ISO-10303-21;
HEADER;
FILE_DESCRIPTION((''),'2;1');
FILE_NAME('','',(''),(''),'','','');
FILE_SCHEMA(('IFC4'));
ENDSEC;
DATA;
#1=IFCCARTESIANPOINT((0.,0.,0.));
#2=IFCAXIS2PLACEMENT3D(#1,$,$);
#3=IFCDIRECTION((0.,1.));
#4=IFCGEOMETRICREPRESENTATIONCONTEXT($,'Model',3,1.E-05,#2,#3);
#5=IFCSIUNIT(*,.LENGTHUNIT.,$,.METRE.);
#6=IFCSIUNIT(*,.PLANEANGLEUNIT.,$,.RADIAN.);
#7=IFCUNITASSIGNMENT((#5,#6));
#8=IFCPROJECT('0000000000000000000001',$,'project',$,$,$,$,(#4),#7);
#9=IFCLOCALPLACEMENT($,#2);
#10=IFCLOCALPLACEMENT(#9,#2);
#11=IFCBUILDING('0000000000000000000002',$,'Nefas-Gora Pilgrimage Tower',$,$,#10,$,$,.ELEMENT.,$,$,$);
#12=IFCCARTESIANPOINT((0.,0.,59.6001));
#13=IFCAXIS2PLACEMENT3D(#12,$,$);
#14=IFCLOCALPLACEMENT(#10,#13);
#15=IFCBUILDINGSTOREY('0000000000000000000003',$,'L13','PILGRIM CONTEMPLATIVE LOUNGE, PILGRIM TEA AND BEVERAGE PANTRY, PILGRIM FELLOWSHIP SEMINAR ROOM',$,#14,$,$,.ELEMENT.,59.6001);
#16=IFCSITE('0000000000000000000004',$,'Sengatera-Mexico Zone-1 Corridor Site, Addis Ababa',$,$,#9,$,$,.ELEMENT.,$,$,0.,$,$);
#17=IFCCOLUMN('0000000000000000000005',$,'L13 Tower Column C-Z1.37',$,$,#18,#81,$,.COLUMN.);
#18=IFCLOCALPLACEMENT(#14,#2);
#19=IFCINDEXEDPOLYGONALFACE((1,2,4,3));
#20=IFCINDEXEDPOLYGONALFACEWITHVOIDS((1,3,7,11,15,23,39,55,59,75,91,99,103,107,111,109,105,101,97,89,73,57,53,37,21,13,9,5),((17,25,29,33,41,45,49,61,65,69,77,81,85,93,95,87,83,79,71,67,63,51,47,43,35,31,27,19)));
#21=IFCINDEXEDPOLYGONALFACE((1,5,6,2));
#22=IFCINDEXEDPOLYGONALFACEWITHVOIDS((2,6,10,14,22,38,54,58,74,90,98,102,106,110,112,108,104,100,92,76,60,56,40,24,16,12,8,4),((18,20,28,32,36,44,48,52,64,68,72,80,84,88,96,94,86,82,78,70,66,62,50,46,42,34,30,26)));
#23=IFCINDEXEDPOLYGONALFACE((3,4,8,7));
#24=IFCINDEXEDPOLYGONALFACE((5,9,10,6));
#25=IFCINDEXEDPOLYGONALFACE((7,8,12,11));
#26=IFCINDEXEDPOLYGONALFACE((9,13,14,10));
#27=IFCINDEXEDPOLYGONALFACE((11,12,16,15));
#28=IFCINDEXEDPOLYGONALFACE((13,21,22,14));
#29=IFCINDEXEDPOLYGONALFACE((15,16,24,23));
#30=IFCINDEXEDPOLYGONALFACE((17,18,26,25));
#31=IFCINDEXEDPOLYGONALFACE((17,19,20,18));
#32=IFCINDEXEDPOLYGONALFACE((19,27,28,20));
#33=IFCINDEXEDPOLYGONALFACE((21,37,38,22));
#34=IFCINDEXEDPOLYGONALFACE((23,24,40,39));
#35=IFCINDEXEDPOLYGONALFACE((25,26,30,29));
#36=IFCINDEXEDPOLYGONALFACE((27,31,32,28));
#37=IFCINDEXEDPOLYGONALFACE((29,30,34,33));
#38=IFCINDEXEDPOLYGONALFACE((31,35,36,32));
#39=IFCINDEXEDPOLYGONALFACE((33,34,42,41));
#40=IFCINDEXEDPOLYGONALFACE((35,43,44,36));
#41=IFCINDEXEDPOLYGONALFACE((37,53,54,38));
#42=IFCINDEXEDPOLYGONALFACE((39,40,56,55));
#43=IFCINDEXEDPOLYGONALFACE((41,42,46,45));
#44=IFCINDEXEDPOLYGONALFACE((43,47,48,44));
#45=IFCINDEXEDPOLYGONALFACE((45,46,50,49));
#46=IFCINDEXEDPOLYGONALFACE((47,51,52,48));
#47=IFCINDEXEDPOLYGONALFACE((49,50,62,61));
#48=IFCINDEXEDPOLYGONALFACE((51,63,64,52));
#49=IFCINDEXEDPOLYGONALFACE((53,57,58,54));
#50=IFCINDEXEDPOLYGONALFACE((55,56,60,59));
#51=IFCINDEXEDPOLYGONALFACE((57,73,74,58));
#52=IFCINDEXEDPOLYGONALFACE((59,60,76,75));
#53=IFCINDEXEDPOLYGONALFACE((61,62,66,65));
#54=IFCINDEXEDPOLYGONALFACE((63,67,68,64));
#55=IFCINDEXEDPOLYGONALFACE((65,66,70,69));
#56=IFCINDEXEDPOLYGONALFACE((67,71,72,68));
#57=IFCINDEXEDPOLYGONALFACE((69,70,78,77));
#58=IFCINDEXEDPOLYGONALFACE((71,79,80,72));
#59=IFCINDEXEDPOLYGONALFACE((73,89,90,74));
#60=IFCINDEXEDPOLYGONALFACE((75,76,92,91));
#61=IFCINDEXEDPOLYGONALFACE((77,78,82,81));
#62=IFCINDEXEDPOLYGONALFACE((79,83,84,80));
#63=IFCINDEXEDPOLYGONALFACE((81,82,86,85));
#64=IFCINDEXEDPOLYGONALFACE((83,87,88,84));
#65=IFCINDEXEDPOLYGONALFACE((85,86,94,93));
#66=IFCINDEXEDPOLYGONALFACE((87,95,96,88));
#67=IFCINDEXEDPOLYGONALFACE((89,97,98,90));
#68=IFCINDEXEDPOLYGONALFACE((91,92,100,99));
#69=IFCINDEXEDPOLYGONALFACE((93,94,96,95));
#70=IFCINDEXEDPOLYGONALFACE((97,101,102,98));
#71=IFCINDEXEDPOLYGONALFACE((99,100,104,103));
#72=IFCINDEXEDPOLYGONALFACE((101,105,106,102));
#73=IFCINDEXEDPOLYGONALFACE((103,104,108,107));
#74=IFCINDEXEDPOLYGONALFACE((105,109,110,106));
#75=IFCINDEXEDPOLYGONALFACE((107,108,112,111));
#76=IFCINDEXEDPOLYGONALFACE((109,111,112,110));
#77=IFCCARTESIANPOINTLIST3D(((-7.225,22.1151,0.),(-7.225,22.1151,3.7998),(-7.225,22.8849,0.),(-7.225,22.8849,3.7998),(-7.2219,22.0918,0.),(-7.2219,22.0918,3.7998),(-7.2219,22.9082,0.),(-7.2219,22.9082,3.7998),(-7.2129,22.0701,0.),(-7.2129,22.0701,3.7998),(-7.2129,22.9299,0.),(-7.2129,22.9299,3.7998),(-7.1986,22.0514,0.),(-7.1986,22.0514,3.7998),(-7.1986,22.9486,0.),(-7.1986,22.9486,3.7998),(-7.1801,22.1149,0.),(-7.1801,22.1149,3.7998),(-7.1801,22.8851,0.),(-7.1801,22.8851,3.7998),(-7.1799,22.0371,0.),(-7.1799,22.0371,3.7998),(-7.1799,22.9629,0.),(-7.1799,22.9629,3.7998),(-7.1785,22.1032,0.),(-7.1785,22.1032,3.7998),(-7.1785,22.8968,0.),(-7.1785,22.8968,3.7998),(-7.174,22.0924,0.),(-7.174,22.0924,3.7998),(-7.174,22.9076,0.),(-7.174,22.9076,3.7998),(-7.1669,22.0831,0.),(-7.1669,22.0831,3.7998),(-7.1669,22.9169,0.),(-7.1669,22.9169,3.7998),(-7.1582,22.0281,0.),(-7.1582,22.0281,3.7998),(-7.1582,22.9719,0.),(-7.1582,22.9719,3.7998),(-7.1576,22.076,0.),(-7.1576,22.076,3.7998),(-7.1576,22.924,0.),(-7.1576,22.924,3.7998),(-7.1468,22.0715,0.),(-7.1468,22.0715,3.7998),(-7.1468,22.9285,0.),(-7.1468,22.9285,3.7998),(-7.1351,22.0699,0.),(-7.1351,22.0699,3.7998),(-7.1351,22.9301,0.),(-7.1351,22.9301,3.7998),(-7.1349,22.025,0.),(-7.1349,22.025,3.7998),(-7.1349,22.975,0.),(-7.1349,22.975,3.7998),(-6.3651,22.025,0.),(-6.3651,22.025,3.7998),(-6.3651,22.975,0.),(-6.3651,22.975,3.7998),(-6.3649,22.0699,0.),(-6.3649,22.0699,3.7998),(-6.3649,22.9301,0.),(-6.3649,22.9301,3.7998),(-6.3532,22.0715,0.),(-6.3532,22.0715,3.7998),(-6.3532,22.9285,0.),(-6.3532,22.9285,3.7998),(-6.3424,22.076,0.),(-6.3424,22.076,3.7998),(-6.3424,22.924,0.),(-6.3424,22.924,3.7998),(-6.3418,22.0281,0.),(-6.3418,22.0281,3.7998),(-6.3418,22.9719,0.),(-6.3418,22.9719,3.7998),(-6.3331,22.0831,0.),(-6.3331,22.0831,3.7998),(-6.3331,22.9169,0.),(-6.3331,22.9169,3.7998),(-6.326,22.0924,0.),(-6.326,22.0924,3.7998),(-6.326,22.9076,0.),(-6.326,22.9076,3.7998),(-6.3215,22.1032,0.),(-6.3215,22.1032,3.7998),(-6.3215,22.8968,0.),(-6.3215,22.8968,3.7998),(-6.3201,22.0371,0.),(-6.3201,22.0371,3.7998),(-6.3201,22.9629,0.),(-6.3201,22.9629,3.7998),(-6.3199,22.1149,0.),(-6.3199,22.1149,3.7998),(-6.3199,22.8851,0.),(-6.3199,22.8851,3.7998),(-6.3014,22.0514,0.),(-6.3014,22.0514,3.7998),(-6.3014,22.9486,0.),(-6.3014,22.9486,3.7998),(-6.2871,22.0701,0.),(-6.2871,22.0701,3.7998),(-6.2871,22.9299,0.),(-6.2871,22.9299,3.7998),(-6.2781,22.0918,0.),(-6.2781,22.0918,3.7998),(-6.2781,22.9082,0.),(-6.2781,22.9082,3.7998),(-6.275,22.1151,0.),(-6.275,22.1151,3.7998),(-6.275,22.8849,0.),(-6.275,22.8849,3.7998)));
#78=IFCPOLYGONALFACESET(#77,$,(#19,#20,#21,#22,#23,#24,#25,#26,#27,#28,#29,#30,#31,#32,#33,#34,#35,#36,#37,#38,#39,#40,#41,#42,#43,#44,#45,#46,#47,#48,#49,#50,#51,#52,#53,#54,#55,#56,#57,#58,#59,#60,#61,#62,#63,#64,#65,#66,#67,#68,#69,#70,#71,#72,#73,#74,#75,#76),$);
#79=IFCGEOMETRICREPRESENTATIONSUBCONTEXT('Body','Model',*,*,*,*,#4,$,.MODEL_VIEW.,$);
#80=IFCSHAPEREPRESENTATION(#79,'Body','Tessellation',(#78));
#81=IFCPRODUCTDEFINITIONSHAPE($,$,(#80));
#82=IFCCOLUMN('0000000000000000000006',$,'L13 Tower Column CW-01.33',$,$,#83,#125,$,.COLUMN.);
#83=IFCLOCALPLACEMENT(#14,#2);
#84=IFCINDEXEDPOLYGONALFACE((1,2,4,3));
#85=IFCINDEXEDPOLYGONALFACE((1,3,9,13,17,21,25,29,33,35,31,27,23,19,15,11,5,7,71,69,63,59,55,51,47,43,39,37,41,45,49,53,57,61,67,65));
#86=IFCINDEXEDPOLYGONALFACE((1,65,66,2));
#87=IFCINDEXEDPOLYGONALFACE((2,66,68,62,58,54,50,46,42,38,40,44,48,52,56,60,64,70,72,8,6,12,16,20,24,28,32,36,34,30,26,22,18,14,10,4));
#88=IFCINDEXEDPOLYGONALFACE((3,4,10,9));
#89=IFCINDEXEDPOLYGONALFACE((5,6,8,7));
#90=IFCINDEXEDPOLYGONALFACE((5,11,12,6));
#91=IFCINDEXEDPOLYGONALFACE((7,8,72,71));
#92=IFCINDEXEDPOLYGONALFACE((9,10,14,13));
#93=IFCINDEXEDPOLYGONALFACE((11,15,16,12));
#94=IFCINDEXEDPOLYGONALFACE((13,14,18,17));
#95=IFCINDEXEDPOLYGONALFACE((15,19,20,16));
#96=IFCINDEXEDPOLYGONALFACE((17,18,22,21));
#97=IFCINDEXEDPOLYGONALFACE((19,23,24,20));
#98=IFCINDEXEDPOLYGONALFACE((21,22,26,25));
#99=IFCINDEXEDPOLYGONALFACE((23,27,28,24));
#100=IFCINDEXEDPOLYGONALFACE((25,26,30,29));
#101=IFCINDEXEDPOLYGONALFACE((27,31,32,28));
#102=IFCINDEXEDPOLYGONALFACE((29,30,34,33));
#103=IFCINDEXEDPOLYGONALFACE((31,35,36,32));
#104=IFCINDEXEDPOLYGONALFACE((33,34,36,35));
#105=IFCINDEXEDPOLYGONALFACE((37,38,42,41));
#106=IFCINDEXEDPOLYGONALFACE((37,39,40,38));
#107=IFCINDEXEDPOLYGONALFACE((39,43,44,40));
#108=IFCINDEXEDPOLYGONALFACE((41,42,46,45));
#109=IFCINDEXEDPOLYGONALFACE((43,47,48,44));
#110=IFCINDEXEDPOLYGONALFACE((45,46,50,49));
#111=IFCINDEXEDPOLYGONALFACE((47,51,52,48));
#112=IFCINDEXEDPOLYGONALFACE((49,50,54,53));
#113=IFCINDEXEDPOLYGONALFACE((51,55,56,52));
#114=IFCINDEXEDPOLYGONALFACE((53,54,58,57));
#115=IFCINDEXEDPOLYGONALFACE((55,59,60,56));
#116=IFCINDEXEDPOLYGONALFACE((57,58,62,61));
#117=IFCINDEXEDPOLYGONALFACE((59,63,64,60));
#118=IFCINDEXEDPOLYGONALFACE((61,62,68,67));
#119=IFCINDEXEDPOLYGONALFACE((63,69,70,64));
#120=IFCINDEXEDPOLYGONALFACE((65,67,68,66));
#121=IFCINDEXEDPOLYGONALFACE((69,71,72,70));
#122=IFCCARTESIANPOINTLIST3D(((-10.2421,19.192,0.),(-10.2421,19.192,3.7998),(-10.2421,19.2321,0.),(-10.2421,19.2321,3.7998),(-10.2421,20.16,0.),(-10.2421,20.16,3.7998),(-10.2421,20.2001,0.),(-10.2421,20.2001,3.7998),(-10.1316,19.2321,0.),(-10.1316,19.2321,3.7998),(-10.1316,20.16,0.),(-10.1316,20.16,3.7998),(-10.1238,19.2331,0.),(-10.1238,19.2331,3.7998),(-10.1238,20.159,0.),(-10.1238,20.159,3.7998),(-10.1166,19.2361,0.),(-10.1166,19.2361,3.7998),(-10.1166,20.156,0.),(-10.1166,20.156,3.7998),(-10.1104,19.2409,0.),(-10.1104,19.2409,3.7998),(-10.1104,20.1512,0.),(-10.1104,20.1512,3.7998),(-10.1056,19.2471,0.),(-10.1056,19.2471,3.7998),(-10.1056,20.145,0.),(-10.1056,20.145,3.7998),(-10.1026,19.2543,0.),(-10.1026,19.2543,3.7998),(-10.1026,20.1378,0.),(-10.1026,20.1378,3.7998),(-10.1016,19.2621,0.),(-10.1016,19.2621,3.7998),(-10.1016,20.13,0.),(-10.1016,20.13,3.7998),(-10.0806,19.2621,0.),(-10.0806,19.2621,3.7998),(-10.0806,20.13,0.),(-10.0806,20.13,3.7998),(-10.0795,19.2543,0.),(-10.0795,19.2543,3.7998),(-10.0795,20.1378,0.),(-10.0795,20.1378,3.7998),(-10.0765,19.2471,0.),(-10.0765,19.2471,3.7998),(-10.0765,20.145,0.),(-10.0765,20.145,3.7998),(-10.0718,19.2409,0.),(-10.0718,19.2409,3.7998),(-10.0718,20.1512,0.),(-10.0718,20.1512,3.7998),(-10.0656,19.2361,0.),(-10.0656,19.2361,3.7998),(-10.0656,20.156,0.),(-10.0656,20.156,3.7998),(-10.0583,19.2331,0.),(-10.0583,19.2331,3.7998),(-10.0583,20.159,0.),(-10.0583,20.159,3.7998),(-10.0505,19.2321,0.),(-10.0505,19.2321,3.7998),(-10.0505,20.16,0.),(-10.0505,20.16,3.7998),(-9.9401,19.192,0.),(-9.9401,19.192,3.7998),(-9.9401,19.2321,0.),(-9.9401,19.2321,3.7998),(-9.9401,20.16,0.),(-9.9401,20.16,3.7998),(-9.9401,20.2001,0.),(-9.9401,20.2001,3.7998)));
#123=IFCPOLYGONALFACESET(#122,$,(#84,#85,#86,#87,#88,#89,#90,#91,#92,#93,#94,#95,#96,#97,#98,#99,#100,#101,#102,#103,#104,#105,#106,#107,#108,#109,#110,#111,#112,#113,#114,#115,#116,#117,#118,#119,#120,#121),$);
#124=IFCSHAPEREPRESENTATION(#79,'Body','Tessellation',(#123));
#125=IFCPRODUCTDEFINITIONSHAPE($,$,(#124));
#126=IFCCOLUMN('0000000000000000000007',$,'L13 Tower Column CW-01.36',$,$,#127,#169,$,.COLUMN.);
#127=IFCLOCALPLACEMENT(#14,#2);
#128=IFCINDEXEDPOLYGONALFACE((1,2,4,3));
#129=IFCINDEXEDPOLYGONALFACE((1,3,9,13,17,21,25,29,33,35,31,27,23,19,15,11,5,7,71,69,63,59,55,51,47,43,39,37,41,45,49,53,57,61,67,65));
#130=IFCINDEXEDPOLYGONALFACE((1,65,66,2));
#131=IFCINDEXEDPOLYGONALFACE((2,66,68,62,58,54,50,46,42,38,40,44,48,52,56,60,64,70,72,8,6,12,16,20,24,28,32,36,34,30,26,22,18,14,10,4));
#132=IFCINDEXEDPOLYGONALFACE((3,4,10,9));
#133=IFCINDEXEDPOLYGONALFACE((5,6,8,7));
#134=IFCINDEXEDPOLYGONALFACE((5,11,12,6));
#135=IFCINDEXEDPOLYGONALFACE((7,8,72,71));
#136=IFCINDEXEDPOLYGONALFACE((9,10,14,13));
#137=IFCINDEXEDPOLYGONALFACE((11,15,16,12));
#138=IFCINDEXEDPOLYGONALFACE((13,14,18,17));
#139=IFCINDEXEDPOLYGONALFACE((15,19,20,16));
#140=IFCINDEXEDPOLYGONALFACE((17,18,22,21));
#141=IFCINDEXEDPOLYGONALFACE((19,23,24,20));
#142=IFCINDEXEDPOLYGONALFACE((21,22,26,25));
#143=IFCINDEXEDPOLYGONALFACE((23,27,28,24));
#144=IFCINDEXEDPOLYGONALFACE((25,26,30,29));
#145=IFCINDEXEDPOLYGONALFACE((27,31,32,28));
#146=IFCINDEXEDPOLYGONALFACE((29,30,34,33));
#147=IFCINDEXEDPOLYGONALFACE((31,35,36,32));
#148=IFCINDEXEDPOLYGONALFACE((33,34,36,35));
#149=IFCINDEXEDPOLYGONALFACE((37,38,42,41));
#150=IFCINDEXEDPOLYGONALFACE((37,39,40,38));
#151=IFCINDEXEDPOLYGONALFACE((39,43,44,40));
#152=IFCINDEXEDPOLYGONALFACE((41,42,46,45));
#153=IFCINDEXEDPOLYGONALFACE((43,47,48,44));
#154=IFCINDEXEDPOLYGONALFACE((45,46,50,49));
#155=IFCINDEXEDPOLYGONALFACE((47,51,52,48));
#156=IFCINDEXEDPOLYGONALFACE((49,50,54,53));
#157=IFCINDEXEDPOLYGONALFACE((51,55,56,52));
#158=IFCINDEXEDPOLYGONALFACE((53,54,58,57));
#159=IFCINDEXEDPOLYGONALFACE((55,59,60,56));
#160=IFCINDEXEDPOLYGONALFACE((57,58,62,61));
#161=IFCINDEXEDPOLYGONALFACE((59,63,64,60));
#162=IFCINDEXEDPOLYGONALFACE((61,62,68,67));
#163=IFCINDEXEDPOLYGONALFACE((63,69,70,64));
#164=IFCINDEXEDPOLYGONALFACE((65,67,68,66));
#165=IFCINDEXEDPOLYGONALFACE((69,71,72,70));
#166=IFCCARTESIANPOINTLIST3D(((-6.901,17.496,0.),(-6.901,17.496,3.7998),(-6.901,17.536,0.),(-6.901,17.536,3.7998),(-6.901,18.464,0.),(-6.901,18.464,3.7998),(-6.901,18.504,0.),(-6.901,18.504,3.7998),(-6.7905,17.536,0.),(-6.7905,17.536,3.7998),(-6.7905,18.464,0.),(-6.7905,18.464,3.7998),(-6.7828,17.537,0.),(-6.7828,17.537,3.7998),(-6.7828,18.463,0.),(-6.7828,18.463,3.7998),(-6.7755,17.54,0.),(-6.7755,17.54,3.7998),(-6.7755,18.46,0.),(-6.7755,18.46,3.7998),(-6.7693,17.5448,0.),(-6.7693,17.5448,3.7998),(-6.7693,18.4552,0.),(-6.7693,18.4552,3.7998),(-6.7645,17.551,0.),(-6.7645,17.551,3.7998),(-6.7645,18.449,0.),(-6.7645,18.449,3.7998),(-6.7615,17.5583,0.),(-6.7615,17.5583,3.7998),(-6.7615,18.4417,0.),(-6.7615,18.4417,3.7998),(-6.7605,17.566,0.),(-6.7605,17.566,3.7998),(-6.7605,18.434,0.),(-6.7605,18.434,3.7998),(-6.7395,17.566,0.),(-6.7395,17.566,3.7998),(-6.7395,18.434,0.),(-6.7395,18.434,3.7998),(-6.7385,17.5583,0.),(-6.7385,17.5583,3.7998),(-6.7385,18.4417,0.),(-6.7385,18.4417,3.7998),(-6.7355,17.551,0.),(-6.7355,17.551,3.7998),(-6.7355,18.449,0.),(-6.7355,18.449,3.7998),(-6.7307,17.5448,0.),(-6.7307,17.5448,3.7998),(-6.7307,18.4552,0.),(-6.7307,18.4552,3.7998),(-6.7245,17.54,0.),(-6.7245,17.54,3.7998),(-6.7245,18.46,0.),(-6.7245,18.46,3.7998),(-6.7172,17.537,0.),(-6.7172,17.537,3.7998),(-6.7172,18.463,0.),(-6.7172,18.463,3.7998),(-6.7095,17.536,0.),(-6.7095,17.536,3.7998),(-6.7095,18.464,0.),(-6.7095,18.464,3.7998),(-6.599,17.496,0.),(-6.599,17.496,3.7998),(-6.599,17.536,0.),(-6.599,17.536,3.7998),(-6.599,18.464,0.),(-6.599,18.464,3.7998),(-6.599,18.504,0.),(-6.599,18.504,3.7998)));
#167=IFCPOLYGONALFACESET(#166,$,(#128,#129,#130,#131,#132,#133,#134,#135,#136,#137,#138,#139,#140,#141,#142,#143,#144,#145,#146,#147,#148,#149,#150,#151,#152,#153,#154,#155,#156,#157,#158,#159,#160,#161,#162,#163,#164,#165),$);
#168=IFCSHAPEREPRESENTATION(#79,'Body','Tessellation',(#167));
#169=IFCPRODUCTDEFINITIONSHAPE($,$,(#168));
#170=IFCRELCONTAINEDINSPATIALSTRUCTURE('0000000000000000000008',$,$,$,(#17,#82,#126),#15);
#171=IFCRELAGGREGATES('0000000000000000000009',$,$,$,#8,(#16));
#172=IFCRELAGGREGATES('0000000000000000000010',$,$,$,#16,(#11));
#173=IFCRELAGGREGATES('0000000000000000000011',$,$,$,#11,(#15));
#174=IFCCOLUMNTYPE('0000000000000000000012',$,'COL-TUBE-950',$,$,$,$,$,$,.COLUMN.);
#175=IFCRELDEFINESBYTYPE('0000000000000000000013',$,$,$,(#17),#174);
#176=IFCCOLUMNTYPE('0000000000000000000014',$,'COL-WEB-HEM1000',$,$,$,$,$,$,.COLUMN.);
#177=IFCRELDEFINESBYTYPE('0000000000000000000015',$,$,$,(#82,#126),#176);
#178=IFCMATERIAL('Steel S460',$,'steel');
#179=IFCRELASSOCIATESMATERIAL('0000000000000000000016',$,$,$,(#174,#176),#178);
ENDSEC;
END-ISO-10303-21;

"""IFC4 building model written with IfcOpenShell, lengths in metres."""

from ifc_helpers import new_model, si_unit, direction, frame, origin, origin_2d, place, context, subcontext, project, spatial, hollow_rectangle, i_section, extrude, source, transform, mapped, material, material_profile, profile_set, type_object, element, save


model = new_model("IFC4")

# Units and contexts
model_context = context("Model", 3, precision=1e-05, world=origin(), true_north=direction((0.0, 1.0)))
body_context = subcontext(model_context, "Body", "Model", "MODEL_VIEW")
ifc_project = project(units=[si_unit("LENGTHUNIT", "METRE"), si_unit("PLANEANGLEUNIT", "RADIAN")], contexts=[model_context])

# Site, building, storey
site_placement = place(None, origin())
site = spatial("IfcSite", under=ifc_project, at=site_placement, Name="Sengatera-Mexico Zone-1 Corridor Site, Addis Ababa", CompositionType="ELEMENT", RefElevation=0.0)
building_placement = place(site_placement, origin())
building = spatial("IfcBuilding", under=site, at=building_placement, Name="Nefas-Gora Pilgrimage Tower", CompositionType="ELEMENT")
storey_placement = place(building_placement, frame((0.0, 0.0, 59.6001)))
storey = spatial("IfcBuildingStorey", under=building, at=storey_placement, Name="L13", Description="PILGRIM CONTEMPLATIVE LOUNGE, PILGRIM TEA AND BEVERAGE PANTRY, PILGRIM FELLOWSHIP SEMINAR ROOM", CompositionType="ELEMENT", Elevation=59.6001)

# Columns
ifc_material_1 = material(Name="Steel S460", Category="steel")
ifc_material_profile_1 = material_profile(ifc_material_1, hollow_rectangle(XDim=0.95, YDim=0.95, WallThickness=0.0449, InnerFilletRadius=0.0449, OuterFilletRadius=0.0901, at=origin_2d()), Name="BOX 950x950x45")
ifc_profile_set_1 = profile_set([ifc_material_profile_1], Name="Steel S460")
column_type_1 = type_object("IfcColumnType", Name="COL-TUBE-950", PredefinedType="COLUMN", material=ifc_profile_set_1)
shared_shape_1 = source(origin(), body_context, "Body", "SweptSolid", [
    extrude(hollow_rectangle(XDim=0.95, YDim=0.95, WallThickness=0.0449, InnerFilletRadius=0.0449, OuterFilletRadius=0.0901, at=origin_2d()), origin(), (0.0, 0.0, 1.0), 3.7998),
])
column_placement = place(storey_placement, frame((-6.75, 22.5, 0.0), z_axis=(0.0, 0.0, 1.0), x_axis=(1.0, 0.0, 0.0)))
element("IfcColumn", 1, at=column_placement, inside=storey, type_object=column_type_1, Name="L13 Tower Column C-Z1.37", PredefinedType="COLUMN", context=body_context, shape_type="MappedRepresentation", body=[
    mapped(shared_shape_1, transform((0.0, 0.0, 0.0), x_axis=(1.0, 0.0, 0.0), y_axis=(0.0, 1.0, 0.0), z_axis=(0.0, 0.0, 1.0), scale=1.0)),
])
ifc_material_profile_2 = material_profile(ifc_material_1, i_section(OverallWidth=0.302, OverallDepth=1.0081, WebThickness=0.021, FlangeThickness=0.04, FilletRadius=0.03, at=origin_2d()), Name="HEM 1000")
ifc_profile_set_2 = profile_set([ifc_material_profile_2], Name="Steel S460")
column_type_2 = type_object("IfcColumnType", Name="COL-WEB-HEM1000", PredefinedType="COLUMN", material=ifc_profile_set_2)
shared_shape_2 = source(origin(), body_context, "Body", "SweptSolid", [
    extrude(i_section(OverallWidth=0.302, OverallDepth=1.0081, WebThickness=0.021, FlangeThickness=0.04, FilletRadius=0.03, at=origin_2d()), origin(), (0.0, 0.0, 1.0), 3.7998),
])
for number, where, z_axis, x_axis, name in (
    (2, (-10.0911, 19.696, 0.0), (0.0, 0.0, 1.0), (1.0, 0.0, 0.0), "L13 Tower Column CW-01.33"),
    (3, (-6.75, 18.0, 0.0), (0.0, 0.0, 1.0), (1.0, 0.0, 0.0), "L13 Tower Column CW-01.36"),
):
    element("IfcColumn", number, at=place(storey_placement, frame(where, z_axis=z_axis, x_axis=x_axis)), inside=storey, type_object=column_type_2, Name=name, PredefinedType="COLUMN", context=body_context, shape_type="MappedRepresentation", body=[
        mapped(shared_shape_2, transform((0.0, 0.0, 0.0), x_axis=(1.0, 0.0, 0.0), y_axis=(0.0, 1.0, 0.0), z_axis=(0.0, 0.0, 1.0), scale=1.0)),
    ])

save(model, "model.ifc")
